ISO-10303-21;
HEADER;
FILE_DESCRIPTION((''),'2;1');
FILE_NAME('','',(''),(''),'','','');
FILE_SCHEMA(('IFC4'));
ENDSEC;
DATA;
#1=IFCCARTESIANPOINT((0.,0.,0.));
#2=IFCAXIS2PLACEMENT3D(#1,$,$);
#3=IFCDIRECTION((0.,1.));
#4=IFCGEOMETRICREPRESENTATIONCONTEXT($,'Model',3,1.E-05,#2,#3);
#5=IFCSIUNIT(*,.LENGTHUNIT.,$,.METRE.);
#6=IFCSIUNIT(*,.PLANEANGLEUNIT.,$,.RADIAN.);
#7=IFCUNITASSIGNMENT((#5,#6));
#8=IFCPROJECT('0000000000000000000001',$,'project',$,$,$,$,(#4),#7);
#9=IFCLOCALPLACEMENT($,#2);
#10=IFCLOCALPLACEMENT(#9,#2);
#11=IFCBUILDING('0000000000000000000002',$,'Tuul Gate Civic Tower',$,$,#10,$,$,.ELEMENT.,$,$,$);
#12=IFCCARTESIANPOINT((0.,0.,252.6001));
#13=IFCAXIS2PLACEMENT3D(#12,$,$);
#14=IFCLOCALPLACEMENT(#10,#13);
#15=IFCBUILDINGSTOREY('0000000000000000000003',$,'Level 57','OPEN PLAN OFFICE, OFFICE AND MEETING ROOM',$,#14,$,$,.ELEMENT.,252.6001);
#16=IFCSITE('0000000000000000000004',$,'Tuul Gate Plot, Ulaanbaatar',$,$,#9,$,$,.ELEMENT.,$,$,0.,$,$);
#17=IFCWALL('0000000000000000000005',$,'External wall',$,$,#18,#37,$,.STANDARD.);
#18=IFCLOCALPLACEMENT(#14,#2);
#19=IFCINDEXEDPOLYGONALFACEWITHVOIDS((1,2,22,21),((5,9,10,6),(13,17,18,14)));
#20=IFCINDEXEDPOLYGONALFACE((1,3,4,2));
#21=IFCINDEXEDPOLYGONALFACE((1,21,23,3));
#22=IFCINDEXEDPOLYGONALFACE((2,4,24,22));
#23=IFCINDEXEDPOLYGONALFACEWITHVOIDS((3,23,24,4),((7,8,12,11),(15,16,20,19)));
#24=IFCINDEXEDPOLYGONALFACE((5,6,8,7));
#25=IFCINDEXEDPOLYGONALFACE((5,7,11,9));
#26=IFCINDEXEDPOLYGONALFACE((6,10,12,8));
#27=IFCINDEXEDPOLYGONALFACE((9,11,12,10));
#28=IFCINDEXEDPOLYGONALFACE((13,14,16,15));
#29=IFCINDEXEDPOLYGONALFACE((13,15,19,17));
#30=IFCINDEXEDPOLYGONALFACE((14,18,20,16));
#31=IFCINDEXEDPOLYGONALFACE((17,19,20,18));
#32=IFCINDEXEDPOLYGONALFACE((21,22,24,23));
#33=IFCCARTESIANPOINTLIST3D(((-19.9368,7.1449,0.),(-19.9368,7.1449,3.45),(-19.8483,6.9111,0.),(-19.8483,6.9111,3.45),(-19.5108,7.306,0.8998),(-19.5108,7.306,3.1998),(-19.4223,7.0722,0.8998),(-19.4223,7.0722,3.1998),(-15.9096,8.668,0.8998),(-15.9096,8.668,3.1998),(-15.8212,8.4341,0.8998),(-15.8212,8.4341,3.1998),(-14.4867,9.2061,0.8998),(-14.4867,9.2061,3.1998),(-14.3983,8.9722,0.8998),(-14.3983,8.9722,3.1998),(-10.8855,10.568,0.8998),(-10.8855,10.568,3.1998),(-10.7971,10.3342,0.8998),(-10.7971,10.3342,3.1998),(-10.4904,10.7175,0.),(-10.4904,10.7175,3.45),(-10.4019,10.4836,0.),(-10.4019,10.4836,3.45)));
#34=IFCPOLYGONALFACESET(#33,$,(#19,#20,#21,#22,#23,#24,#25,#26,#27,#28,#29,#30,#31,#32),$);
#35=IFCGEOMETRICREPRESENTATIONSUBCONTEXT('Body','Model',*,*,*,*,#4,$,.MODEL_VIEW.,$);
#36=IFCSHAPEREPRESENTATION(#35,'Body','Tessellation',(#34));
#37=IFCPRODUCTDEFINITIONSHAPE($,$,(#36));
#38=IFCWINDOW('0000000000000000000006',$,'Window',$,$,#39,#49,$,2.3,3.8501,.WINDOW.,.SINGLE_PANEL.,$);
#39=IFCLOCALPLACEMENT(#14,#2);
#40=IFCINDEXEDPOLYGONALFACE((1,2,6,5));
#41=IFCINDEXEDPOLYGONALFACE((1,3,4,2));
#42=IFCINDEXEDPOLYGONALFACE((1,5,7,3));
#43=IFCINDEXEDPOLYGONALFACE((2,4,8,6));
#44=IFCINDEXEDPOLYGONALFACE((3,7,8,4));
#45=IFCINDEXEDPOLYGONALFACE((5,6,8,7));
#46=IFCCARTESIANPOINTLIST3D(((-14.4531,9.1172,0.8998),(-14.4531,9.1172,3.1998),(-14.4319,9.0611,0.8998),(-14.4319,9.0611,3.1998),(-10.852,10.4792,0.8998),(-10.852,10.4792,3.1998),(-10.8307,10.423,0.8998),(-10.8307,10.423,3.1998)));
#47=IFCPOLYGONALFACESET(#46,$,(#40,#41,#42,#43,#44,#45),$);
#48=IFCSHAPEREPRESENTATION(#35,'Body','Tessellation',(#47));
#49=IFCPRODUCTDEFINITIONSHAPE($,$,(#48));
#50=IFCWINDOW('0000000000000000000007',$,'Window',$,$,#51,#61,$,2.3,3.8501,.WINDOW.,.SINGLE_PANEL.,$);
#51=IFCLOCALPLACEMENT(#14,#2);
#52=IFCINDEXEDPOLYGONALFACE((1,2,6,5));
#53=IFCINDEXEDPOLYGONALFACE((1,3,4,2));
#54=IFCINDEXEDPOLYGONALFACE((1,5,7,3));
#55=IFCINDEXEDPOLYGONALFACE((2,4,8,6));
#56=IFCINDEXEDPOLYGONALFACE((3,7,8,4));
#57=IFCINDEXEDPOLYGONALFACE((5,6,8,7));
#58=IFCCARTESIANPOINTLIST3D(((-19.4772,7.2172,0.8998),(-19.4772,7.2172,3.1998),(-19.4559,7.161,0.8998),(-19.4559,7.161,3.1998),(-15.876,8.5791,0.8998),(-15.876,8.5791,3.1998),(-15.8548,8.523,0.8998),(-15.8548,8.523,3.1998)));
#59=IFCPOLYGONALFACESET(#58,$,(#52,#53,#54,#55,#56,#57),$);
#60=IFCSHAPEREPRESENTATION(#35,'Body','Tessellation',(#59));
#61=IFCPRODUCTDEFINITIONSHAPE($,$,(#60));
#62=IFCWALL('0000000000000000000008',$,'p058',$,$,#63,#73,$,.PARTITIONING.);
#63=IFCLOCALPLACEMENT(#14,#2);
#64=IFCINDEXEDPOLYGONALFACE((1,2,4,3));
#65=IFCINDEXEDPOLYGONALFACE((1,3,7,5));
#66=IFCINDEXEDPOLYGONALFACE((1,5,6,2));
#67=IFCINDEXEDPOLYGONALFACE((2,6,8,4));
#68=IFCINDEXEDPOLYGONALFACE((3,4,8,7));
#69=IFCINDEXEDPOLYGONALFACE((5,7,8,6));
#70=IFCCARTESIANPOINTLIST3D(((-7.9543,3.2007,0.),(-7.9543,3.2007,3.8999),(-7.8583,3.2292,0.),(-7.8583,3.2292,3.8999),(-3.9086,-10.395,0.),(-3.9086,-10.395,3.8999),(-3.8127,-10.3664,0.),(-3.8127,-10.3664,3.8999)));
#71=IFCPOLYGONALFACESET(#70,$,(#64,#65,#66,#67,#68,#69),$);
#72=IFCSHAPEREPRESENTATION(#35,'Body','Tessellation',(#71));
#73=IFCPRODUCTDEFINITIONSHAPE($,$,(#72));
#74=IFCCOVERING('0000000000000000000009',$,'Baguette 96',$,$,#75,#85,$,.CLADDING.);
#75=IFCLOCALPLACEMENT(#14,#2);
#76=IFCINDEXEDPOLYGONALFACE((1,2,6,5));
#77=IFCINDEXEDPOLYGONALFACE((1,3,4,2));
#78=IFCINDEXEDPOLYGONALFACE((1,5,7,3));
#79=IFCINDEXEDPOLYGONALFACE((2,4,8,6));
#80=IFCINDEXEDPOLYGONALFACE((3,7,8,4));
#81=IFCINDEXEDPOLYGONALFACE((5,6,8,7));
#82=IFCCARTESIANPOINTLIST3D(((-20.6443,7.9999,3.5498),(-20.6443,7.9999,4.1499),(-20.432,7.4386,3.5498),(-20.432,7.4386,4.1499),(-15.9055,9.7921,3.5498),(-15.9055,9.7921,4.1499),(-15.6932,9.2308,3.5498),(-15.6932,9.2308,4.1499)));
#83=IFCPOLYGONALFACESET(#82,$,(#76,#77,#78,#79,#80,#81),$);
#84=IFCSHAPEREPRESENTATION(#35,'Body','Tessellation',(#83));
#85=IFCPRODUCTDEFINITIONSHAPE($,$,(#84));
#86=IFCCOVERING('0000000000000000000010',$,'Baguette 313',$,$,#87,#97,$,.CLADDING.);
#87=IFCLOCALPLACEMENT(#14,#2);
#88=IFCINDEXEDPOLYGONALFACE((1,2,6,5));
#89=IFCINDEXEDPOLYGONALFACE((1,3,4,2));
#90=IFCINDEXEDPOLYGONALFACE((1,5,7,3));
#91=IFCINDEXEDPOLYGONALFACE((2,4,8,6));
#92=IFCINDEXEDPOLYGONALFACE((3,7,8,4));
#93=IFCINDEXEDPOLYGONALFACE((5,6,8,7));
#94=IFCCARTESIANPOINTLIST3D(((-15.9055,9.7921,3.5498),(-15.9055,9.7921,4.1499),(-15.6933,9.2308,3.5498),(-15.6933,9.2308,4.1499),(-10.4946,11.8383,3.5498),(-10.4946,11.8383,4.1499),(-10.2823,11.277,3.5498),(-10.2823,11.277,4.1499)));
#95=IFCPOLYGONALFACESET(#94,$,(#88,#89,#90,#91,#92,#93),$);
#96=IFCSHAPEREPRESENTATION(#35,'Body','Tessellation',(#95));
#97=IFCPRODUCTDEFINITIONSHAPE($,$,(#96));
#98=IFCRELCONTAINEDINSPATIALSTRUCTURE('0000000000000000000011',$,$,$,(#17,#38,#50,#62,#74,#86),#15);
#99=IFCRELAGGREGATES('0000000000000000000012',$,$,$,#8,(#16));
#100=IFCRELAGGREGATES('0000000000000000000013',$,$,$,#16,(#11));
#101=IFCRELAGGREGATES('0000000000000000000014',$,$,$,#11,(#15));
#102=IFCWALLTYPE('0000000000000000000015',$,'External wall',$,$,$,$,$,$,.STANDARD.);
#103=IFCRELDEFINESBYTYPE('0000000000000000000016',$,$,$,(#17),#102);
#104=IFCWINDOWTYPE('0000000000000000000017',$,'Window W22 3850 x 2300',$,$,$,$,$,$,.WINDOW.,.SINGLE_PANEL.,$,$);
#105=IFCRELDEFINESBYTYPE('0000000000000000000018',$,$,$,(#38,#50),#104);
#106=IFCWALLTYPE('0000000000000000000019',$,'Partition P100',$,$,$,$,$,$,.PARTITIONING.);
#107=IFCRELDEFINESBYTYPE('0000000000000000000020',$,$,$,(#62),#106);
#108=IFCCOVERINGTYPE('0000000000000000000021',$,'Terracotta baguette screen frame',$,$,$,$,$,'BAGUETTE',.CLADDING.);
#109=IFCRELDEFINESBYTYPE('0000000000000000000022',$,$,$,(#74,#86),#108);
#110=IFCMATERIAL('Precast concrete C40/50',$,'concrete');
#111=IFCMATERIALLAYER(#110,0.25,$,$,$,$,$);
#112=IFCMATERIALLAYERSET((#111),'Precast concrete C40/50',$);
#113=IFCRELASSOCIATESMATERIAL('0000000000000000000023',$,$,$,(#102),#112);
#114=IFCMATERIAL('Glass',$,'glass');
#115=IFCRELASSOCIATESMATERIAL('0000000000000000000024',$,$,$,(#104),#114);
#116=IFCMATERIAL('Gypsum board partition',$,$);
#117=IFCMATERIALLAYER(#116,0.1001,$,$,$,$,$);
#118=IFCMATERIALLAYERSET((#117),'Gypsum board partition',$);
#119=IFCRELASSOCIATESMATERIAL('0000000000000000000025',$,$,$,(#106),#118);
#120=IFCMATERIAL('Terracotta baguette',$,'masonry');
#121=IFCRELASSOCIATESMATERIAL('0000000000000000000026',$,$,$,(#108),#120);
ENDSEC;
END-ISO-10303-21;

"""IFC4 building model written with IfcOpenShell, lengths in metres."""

from ifc_helpers import new_model, si_unit, direction, frame, frame_2d, origin, origin_2d, place, context, subcontext, project, spatial, rectangle, extrude, material, layer, layer_set, material_profile, profile_set, type_object, element, fill, save


model = new_model("IFC4")

# Units and contexts
model_context = context("Model", 3, precision=1e-05, world=origin(), true_north=direction((0.0, 1.0)))
body_context = subcontext(model_context, "Body", "Model", "MODEL_VIEW")
ifc_project = project(units=[si_unit("LENGTHUNIT", "METRE"), si_unit("PLANEANGLEUNIT", "RADIAN")], contexts=[model_context])

# Site, building, storey
site_placement = place(None, origin())
site = spatial("IfcSite", under=ifc_project, at=site_placement, Name="Tuul Gate Plot, Ulaanbaatar", CompositionType="ELEMENT", RefElevation=0.0)
building_placement = place(site_placement, origin())
building = spatial("IfcBuilding", under=site, at=building_placement, Name="Tuul Gate Civic Tower", CompositionType="ELEMENT")
storey_placement = place(building_placement, frame((0.0, 0.0, 252.6001)))
storey = spatial("IfcBuildingStorey", under=building, at=storey_placement, Name="Level 57", Description="OPEN PLAN OFFICE, OFFICE AND MEETING ROOM", CompositionType="ELEMENT", Elevation=252.6001)

# Wall, openings, windows
ifc_material_1 = material(Name="Precast concrete C40/50", Category="concrete")
ifc_layer_1 = layer(ifc_material_1, 0.25)
ifc_layer_set_1 = layer_set([ifc_layer_1], Name="Precast concrete C40/50")
wall_type_1 = type_object("IfcWallType", Name="External wall", PredefinedType="STANDARD", material=ifc_layer_set_1)
ifc_material_2 = material(Name="Glass", Category="glass")
window_type = type_object("IfcWindowType", Name="Window W22 3850 x 2300", PartitioningType="SINGLE_PANEL", PredefinedType="WINDOW", material=ifc_material_2)
wall_1_placement = place(storey_placement, frame((-10.446, 10.6006, 0.0), z_axis=(0.0, 0.0, 1.0), x_axis=(-0.935344, -0.353739, 0.0)))
wall_1 = element("IfcWall", 1, at=wall_1_placement, inside=storey, type_object=wall_type_1, Name="External wall", PredefinedType="STANDARD", context=body_context, shape_type="SweptSolid", body=[
    extrude(rectangle(XDim=10.0994, YDim=0.25, at=frame_2d((5.0498, 0.0))), origin(), (0.0, 0.0, 1.0), 3.45),
])
opening_1_placement = place(wall_1_placement, frame((0.4226, 0.0, 0.8999)))
opening_1 = element("IfcOpeningElement", 2, at=opening_1_placement, cuts=wall_1, PredefinedType="OPENING", context=body_context, shape_type="SweptSolid", body=[
    extrude(rectangle(XDim=3.8501, YDim=2.3, at=frame_2d((1.925, 1.1499))), frame((0.0, 0.135, 0.0), z_axis=(0.0, -1.0, 0.0), x_axis=(1.0, 0.0, 0.0)), (0.0, 0.0, 1.0), 0.27),
])
opening_2_placement = place(wall_1_placement, frame((5.7939, 0.0, 0.8999)))
opening_2 = element("IfcOpeningElement", 3, at=opening_2_placement, cuts=wall_1, PredefinedType="OPENING", context=body_context, shape_type="SweptSolid", body=[
    extrude(rectangle(XDim=3.8501, YDim=2.3, at=frame_2d((1.925, 1.1499))), frame((0.0, 0.135, 0.0), z_axis=(0.0, -1.0, 0.0), x_axis=(1.0, 0.0, 0.0)), (0.0, 0.0, 1.0), 0.27),
])
window_1_placement = place(opening_1_placement, origin())
window_1 = element("IfcWindow", 4, at=window_1_placement, inside=storey, type_object=window_type, Name="Window", OverallHeight=2.3, OverallWidth=3.8501, PartitioningType="SINGLE_PANEL", PredefinedType="WINDOW", context=body_context, shape_type="SweptSolid", body=[
    extrude(rectangle(XDim=3.8501, YDim=2.3, at=frame_2d((1.925, 1.1499))), frame((0.0, 0.03, 0.0), z_axis=(0.0, -1.0, 0.0), x_axis=(1.0, 0.0, 0.0)), (0.0, 0.0, 1.0), 0.0601),
])
fill(opening_1, window_1)
window_2_placement = place(opening_2_placement, origin())
window_2 = element("IfcWindow", 5, at=window_2_placement, inside=storey, type_object=window_type, Name="Window", OverallHeight=2.3, OverallWidth=3.8501, PartitioningType="SINGLE_PANEL", PredefinedType="WINDOW", context=body_context, shape_type="SweptSolid", body=[
    extrude(rectangle(XDim=3.8501, YDim=2.3, at=frame_2d((1.925, 1.1499))), frame((0.0, 0.03, 0.0), z_axis=(0.0, -1.0, 0.0), x_axis=(1.0, 0.0, 0.0)), (0.0, 0.0, 1.0), 0.0601),
])
fill(opening_2, window_2)

# Wall
ifc_material_3 = material(Name="Gypsum board partition")
ifc_layer_2 = layer(ifc_material_3, 0.1001)
ifc_layer_set_2 = layer_set([ifc_layer_2], Name="Gypsum board partition")
wall_type_2 = type_object("IfcWallType", Name="Partition P100", PredefinedType="PARTITIONING", material=ifc_layer_set_2)
wall_2_placement = place(storey_placement, frame((-7.9062, 3.2148, 0.0), z_axis=(0.0, 0.0, 1.0), x_axis=(0.285209, -0.958465, 0.0)))
element("IfcWall", 6, at=wall_2_placement, inside=storey, type_object=wall_type_2, Name="p058", PredefinedType="PARTITIONING", context=body_context, shape_type="SweptSolid", body=[
    extrude(rectangle(XDim=14.1848, YDim=0.1001, at=frame_2d((7.0923, 0.0))), origin(), (0.0, 0.0, 1.0), 3.8999),
])

# Coverings
ifc_material_4 = material(Name="Terracotta baguette", Category="masonry")
ifc_material_profile_1 = material_profile(ifc_material_4, rectangle(XDim=0.6001, YDim=0.6001, at=origin_2d()), Name="Terracotta baguette screen frame")
ifc_profile_set_1 = profile_set([ifc_material_profile_1], Name="Terracotta baguette")
covering_type = type_object("IfcCoveringType", Name="Terracotta baguette screen frame", ElementType="BAGUETTE", PredefinedType="CLADDING", material=ifc_profile_set_1)
covering_1_placement = place(storey_placement, frame((-15.7993, 9.5115, 3.8499), z_axis=(-0.935339, -0.353752, 0.0), x_axis=(0.353752, -0.935339, 0.0)))
element("IfcCovering", 7, at=covering_1_placement, inside=storey, type_object=covering_type, Name="Baguette 96", PredefinedType="CLADDING", context=body_context, shape_type="SweptSolid", body=[
    extrude(rectangle(XDim=0.6001, YDim=0.6001, at=origin_2d()), origin(), (0.0, 0.0, 1.0), 5.0664),
])
covering_2_placement = place(storey_placement, frame((-10.3884, 11.5576, 3.8499), z_axis=(-0.935356, -0.353708, 0.0), x_axis=(0.353708, -0.935356, 0.0)))
element("IfcCovering", 8, at=covering_2_placement, inside=storey, type_object=covering_type, Name="Baguette 313", PredefinedType="CLADDING", context=body_context, shape_type="SweptSolid", body=[
    extrude(rectangle(XDim=0.6001, YDim=0.6001, at=origin_2d()), origin(), (0.0, 0.0, 1.0), 5.7849),
])

save(model, "model.ifc")
